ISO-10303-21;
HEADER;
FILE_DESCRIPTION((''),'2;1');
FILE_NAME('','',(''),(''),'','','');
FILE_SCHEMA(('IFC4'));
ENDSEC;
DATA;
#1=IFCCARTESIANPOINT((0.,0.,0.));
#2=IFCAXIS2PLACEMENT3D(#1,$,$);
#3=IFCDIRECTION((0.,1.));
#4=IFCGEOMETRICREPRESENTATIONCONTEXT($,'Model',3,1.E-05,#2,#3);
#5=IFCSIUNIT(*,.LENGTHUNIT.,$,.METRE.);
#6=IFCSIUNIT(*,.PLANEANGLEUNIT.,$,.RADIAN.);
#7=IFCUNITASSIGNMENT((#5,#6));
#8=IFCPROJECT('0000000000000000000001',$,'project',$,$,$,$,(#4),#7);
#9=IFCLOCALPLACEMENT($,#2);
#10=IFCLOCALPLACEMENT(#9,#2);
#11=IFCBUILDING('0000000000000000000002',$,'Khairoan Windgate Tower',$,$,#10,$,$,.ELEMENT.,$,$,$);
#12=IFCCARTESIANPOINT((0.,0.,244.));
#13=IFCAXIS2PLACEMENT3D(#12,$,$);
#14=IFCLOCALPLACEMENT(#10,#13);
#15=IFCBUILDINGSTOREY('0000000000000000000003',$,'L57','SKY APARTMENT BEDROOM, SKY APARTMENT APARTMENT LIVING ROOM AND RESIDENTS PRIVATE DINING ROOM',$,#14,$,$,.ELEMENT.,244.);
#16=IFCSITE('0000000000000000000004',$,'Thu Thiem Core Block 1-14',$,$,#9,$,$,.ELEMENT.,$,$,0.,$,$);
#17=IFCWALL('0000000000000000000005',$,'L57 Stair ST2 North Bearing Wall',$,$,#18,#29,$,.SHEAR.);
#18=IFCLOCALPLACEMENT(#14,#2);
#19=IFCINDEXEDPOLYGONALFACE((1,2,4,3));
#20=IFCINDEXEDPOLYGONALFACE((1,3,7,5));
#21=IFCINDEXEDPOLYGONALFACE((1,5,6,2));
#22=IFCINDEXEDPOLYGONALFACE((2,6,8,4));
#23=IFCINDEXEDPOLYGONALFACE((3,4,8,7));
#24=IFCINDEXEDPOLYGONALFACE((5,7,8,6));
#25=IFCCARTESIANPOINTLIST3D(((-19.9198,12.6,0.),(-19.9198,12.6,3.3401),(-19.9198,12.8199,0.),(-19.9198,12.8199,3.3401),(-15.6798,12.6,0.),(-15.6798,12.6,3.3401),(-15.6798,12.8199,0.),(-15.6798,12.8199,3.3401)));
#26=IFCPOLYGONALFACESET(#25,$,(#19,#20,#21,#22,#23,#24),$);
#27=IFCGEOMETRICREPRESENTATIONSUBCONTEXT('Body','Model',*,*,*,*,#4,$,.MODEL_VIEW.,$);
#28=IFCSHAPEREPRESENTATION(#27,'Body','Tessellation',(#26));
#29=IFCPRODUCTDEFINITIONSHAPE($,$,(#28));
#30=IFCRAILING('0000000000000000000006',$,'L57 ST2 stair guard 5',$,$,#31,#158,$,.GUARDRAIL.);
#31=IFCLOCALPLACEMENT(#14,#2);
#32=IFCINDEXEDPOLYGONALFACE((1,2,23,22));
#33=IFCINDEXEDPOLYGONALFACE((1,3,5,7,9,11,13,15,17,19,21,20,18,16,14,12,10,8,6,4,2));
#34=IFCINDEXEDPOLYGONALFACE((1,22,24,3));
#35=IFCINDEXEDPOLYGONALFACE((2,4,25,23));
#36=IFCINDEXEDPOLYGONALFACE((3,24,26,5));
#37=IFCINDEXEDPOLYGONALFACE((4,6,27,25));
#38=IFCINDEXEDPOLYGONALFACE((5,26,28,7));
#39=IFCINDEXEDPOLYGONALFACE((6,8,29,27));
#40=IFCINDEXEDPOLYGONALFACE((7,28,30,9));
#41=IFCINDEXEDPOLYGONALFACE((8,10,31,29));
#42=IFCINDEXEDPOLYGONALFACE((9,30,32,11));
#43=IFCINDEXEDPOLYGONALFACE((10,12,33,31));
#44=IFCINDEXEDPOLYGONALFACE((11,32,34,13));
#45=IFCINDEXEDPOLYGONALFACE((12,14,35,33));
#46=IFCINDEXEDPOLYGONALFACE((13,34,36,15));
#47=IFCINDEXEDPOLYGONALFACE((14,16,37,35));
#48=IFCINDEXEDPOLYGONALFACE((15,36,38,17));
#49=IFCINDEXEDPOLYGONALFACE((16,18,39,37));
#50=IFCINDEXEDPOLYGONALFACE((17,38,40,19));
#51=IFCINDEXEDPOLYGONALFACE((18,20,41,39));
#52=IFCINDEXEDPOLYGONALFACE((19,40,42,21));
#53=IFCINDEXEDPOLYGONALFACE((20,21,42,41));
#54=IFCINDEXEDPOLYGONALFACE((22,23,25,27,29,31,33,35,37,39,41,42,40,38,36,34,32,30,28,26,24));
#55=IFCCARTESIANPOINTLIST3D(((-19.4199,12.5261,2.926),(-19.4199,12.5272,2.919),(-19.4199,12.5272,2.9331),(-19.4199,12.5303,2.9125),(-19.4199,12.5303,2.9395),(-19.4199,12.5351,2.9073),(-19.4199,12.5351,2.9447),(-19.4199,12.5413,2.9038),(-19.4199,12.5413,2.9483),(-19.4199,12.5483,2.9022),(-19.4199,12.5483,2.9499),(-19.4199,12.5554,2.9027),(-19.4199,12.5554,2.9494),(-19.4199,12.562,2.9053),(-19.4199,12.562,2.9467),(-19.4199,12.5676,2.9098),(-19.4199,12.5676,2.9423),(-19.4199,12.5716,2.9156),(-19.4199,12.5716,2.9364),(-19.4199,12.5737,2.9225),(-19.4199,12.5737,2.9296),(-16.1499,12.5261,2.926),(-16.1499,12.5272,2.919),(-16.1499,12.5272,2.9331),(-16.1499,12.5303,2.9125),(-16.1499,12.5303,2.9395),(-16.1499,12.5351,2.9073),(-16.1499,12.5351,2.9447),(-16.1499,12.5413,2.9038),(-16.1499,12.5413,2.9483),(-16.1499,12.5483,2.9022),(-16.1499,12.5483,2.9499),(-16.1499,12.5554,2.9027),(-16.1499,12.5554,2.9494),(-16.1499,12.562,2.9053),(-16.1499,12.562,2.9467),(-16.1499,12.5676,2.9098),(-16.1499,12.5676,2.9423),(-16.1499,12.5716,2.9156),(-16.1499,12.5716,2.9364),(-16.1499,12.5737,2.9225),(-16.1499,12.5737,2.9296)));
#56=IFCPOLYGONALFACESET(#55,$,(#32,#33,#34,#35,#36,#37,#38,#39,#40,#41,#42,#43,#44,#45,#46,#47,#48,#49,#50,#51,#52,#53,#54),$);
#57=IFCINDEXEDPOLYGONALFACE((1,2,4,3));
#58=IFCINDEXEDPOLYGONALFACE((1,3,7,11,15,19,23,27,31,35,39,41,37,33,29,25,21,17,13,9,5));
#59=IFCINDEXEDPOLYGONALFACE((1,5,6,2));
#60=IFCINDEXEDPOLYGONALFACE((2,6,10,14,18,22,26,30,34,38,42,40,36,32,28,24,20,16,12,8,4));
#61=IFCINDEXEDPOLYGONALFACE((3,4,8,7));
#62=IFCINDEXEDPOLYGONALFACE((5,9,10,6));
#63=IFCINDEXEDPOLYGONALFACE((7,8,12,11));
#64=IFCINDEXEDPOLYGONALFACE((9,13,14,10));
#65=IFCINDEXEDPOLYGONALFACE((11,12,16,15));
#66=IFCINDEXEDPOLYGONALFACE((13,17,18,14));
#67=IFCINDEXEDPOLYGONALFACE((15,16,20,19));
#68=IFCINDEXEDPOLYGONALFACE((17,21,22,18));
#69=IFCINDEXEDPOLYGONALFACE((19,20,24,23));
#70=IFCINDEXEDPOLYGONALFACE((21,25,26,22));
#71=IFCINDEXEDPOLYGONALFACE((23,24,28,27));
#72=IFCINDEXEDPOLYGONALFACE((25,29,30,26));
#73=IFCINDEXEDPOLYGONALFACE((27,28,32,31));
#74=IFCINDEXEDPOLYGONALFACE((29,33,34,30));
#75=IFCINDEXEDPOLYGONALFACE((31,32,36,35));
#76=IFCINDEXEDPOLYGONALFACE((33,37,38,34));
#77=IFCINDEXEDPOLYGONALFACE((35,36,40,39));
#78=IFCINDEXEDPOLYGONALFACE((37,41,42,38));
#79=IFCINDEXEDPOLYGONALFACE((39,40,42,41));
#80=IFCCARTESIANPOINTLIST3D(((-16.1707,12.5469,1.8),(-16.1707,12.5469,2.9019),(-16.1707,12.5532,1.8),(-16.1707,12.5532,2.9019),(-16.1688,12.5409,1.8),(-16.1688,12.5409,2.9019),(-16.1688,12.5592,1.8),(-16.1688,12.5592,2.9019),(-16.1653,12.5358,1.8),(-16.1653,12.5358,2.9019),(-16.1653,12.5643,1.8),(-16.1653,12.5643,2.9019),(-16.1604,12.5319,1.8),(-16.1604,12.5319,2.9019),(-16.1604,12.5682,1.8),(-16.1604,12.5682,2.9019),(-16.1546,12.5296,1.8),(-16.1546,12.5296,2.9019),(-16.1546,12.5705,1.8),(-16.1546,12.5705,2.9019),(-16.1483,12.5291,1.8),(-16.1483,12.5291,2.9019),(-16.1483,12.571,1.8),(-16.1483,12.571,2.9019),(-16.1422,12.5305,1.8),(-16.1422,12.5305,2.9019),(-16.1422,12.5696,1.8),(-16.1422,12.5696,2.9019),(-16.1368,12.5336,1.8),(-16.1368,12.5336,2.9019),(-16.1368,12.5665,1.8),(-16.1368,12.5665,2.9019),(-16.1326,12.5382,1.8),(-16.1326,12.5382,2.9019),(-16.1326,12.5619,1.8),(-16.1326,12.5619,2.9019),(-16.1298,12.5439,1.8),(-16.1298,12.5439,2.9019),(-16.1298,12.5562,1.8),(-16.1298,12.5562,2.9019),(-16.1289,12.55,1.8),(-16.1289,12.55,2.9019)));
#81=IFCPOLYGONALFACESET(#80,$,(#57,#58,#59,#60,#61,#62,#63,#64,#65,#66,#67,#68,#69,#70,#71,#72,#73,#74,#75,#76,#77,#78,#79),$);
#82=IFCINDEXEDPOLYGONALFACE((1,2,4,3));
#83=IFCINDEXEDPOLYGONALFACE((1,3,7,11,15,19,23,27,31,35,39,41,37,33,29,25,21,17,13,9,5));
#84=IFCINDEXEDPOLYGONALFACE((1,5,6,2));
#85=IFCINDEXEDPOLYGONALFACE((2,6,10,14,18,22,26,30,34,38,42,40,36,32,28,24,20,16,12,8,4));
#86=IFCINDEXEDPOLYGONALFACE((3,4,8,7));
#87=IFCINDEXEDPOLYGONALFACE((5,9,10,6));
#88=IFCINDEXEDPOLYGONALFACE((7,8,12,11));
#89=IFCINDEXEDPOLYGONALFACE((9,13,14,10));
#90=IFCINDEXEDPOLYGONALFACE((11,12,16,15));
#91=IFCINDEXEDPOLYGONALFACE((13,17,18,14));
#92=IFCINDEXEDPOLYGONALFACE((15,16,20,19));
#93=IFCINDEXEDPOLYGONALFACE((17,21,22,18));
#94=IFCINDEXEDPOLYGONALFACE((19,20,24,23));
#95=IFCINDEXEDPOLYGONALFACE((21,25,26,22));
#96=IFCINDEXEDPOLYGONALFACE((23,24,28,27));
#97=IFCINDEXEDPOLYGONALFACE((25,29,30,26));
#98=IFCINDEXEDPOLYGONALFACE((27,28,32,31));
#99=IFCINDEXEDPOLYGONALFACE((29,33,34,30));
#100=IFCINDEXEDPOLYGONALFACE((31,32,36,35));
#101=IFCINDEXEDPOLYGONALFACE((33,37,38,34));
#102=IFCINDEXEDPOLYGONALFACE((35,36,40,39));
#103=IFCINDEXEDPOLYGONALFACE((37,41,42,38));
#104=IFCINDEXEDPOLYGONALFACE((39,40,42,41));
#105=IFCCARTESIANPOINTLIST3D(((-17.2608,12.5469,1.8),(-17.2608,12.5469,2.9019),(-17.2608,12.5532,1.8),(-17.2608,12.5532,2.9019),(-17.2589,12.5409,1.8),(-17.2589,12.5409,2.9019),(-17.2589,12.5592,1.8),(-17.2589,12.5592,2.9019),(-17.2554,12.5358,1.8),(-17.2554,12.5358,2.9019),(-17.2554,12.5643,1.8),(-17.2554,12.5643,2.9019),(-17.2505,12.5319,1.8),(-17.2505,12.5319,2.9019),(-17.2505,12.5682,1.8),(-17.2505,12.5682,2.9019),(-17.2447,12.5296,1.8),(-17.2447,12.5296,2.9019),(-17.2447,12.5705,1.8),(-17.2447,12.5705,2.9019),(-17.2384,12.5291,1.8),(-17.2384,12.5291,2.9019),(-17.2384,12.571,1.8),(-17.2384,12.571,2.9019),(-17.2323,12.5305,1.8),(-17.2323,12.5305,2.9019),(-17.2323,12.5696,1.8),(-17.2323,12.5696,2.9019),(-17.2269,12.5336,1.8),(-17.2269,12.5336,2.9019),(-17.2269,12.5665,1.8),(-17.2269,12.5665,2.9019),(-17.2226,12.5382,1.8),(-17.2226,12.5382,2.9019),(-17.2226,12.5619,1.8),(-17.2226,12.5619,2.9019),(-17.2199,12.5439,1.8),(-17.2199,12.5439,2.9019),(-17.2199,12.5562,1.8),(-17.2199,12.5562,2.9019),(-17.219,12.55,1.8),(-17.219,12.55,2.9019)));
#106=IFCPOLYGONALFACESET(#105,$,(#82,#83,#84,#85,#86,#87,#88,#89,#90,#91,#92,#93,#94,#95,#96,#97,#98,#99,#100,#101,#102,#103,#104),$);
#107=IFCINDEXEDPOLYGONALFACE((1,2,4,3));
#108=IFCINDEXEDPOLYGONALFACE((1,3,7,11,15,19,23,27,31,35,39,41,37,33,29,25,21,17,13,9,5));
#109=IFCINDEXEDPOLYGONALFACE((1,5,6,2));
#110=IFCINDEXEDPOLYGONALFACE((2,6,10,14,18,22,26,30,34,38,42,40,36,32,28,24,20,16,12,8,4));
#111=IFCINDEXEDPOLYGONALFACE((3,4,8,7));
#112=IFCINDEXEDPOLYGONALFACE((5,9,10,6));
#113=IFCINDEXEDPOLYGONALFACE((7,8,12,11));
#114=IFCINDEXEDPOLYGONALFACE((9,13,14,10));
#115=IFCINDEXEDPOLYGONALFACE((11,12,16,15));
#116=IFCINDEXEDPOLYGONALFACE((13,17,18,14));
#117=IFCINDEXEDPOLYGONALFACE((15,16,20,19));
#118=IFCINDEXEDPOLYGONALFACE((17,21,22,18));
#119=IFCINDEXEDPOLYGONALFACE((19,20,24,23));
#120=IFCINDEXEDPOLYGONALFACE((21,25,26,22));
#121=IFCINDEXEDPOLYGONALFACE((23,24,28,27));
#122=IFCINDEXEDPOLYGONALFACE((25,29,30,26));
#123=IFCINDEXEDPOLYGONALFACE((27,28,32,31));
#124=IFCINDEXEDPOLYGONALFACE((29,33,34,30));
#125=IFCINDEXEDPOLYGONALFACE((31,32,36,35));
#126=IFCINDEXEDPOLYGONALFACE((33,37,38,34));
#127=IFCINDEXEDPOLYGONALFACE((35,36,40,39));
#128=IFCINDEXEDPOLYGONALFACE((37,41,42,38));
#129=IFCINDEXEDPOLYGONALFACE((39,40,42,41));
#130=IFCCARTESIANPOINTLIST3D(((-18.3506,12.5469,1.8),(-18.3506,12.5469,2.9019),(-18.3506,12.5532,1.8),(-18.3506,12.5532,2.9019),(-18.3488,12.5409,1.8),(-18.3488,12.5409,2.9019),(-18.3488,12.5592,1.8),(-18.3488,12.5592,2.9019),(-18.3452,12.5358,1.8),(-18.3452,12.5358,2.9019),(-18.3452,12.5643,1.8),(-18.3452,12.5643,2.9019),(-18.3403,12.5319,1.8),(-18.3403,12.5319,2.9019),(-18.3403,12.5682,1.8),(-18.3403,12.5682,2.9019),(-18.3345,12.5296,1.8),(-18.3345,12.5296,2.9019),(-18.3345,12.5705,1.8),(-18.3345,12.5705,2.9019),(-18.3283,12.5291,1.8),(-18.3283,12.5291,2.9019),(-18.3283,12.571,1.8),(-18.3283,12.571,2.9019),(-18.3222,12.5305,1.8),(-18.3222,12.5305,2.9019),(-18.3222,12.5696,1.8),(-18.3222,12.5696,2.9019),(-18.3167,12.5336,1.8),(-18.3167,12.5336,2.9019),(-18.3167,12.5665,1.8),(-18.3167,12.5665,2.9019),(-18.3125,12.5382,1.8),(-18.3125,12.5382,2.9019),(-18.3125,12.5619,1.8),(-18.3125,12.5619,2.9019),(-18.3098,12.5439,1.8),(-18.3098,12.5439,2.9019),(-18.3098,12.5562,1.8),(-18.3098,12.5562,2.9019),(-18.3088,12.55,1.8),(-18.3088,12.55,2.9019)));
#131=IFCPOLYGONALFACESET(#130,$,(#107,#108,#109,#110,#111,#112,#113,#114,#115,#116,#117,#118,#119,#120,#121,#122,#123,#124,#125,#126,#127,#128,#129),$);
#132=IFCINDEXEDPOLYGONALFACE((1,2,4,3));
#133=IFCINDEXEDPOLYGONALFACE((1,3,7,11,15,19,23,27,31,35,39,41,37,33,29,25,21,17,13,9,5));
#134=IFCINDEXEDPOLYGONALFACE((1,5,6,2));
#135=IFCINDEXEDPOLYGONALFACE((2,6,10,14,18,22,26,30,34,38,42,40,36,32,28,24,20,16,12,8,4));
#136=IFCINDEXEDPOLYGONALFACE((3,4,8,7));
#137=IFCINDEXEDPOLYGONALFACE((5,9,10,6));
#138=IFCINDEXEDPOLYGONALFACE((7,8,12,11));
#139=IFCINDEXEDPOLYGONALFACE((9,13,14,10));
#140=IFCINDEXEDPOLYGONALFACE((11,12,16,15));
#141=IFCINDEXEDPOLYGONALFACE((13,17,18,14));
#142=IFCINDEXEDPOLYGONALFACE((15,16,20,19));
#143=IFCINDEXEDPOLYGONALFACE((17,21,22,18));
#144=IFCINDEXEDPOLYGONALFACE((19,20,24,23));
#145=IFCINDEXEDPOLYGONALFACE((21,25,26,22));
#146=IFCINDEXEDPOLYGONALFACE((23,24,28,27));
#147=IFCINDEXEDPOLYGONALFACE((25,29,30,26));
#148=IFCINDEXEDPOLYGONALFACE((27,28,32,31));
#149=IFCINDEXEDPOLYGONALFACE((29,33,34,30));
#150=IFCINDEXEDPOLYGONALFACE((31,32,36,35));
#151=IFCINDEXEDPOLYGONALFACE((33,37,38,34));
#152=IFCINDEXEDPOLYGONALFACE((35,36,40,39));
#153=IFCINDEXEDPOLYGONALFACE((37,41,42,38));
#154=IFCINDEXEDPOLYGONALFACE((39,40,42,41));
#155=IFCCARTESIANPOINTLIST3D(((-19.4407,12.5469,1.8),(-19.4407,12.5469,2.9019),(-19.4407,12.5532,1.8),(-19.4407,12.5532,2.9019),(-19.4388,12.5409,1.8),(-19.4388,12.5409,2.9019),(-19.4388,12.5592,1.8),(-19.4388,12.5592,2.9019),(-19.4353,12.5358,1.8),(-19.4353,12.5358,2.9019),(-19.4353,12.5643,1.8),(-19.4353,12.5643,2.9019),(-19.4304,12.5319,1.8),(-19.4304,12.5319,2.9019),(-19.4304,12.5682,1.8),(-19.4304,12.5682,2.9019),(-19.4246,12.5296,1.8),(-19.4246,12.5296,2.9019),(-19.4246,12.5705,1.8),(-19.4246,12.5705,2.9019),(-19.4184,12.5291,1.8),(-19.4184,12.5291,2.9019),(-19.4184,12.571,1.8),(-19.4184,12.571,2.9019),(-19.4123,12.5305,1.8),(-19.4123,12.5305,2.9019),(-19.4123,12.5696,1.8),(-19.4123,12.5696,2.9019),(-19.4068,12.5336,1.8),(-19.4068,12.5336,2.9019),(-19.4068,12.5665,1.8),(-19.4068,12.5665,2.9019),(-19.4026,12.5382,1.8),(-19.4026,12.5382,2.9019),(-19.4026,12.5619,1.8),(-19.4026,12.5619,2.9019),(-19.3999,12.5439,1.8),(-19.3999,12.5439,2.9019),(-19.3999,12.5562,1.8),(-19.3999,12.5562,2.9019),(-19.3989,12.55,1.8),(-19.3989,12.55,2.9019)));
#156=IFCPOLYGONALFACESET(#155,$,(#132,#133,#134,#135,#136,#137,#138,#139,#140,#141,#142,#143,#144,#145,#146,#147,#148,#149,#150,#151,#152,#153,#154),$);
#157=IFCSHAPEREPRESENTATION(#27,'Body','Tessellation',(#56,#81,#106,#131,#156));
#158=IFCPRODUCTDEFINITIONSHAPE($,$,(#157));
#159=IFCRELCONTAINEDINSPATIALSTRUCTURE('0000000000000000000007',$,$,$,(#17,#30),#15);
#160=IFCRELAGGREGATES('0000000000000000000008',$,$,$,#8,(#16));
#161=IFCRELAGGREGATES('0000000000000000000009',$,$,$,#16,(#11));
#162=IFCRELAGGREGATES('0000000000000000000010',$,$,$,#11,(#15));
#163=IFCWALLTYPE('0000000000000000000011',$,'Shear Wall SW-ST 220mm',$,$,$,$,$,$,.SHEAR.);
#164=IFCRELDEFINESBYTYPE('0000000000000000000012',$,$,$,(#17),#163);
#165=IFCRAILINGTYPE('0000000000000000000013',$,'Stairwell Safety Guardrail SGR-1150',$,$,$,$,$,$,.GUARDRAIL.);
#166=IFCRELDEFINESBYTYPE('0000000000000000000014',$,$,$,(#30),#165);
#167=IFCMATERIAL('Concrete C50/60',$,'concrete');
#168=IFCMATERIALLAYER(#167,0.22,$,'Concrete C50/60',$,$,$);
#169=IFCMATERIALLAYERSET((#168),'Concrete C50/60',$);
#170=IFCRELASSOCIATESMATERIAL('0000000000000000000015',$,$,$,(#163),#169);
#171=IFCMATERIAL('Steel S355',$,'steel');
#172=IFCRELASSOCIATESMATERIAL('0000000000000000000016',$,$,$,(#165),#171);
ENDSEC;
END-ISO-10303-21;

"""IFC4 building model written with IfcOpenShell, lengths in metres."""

from ifc_helpers import new_model, si_unit, direction, frame, frame_2d, origin, origin_2d, place, context, subcontext, project, spatial, rectangle, circle, extrude, material, layer, layer_set, type_object, element, save


model = new_model("IFC4")

# Units and contexts
model_context = context("Model", 3, precision=1e-05, world=origin(), true_north=direction((0.0, 1.0)))
body_context = subcontext(model_context, "Body", "Model", "MODEL_VIEW")
ifc_project = project(units=[si_unit("LENGTHUNIT", "METRE"), si_unit("PLANEANGLEUNIT", "RADIAN")], contexts=[model_context])

# Site, building, storey
site_placement = place(None, origin())
site = spatial("IfcSite", under=ifc_project, at=site_placement, Name="Thu Thiem Core Block 1-14", CompositionType="ELEMENT", RefElevation=0.0)
building_placement = place(site_placement, origin())
building = spatial("IfcBuilding", under=site, at=building_placement, Name="Khairoan Windgate Tower", CompositionType="ELEMENT")
storey_placement = place(building_placement, frame((0.0, 0.0, 244.0)))
storey = spatial("IfcBuildingStorey", under=building, at=storey_placement, Name="L57", Description="SKY APARTMENT BEDROOM, SKY APARTMENT APARTMENT LIVING ROOM AND RESIDENTS PRIVATE DINING ROOM", CompositionType="ELEMENT", Elevation=244.0)

# Wall
ifc_material_1 = material(Name="Concrete C50/60", Category="concrete")
ifc_layer_1 = layer(ifc_material_1, 0.22, Name="Concrete C50/60")
ifc_layer_set_1 = layer_set([ifc_layer_1], Name="Concrete C50/60")
wall_type_1 = type_object("IfcWallType", Name="Shear Wall SW-ST 220mm", PredefinedType="SHEAR", material=ifc_layer_set_1)
wall_1_placement = place(storey_placement, frame((-19.9199, 12.71, 0.0), z_axis=(0.0, 0.0, 1.0), x_axis=(1.0, 0.0, 0.0)))
element("IfcWall", 1, at=wall_1_placement, inside=storey, type_object=wall_type_1, Name="L57 Stair ST2 North Bearing Wall", PredefinedType="SHEAR", context=body_context, shape_type="SweptSolid", body=[
    extrude(rectangle(XDim=4.24, YDim=0.22, at=frame_2d((2.1201, 0.0))), origin(), (0.0, 0.0, 1.0), 3.3401),
])

# Railing
ifc_material_2 = material(Name="Steel S355", Category="steel")
railing_type = type_object("IfcRailingType", Name="Stairwell Safety Guardrail SGR-1150", PredefinedType="GUARDRAIL", material=ifc_material_2)
railing_1_placement = place(storey_placement, frame((-16.1499, 12.55, 1.8)))
element("IfcRailing", 2, at=railing_1_placement, inside=storey, type_object=railing_type, Name="L57 ST2 stair guard 5", PredefinedType="GUARDRAIL", context=body_context, shape_type="SweptSolid", body=[
    extrude(circle(Radius=0.0239, at=origin_2d()), frame((0.0, 0.0, 1.126), z_axis=(-1.0, 0.0, 0.0), x_axis=(0.0, -1.0, 0.0)), (0.0, 0.0, 1.0), 3.27),
    extrude(circle(Radius=0.021, at=origin_2d()), origin(), (0.0, 0.0, 1.0), 1.1018),
    extrude(circle(Radius=0.021, at=origin_2d()), frame((-1.0901, 0.0, 0.0)), (0.0, 0.0, 1.0), 1.1018),
    extrude(circle(Radius=0.021, at=origin_2d()), frame((-2.1799, 0.0, 0.0)), (0.0, 0.0, 1.0), 1.1018),
    extrude(circle(Radius=0.021, at=origin_2d()), frame((-3.27, 0.0, 0.0)), (0.0, 0.0, 1.0), 1.1018),
])

save(model, "model.ifc")
